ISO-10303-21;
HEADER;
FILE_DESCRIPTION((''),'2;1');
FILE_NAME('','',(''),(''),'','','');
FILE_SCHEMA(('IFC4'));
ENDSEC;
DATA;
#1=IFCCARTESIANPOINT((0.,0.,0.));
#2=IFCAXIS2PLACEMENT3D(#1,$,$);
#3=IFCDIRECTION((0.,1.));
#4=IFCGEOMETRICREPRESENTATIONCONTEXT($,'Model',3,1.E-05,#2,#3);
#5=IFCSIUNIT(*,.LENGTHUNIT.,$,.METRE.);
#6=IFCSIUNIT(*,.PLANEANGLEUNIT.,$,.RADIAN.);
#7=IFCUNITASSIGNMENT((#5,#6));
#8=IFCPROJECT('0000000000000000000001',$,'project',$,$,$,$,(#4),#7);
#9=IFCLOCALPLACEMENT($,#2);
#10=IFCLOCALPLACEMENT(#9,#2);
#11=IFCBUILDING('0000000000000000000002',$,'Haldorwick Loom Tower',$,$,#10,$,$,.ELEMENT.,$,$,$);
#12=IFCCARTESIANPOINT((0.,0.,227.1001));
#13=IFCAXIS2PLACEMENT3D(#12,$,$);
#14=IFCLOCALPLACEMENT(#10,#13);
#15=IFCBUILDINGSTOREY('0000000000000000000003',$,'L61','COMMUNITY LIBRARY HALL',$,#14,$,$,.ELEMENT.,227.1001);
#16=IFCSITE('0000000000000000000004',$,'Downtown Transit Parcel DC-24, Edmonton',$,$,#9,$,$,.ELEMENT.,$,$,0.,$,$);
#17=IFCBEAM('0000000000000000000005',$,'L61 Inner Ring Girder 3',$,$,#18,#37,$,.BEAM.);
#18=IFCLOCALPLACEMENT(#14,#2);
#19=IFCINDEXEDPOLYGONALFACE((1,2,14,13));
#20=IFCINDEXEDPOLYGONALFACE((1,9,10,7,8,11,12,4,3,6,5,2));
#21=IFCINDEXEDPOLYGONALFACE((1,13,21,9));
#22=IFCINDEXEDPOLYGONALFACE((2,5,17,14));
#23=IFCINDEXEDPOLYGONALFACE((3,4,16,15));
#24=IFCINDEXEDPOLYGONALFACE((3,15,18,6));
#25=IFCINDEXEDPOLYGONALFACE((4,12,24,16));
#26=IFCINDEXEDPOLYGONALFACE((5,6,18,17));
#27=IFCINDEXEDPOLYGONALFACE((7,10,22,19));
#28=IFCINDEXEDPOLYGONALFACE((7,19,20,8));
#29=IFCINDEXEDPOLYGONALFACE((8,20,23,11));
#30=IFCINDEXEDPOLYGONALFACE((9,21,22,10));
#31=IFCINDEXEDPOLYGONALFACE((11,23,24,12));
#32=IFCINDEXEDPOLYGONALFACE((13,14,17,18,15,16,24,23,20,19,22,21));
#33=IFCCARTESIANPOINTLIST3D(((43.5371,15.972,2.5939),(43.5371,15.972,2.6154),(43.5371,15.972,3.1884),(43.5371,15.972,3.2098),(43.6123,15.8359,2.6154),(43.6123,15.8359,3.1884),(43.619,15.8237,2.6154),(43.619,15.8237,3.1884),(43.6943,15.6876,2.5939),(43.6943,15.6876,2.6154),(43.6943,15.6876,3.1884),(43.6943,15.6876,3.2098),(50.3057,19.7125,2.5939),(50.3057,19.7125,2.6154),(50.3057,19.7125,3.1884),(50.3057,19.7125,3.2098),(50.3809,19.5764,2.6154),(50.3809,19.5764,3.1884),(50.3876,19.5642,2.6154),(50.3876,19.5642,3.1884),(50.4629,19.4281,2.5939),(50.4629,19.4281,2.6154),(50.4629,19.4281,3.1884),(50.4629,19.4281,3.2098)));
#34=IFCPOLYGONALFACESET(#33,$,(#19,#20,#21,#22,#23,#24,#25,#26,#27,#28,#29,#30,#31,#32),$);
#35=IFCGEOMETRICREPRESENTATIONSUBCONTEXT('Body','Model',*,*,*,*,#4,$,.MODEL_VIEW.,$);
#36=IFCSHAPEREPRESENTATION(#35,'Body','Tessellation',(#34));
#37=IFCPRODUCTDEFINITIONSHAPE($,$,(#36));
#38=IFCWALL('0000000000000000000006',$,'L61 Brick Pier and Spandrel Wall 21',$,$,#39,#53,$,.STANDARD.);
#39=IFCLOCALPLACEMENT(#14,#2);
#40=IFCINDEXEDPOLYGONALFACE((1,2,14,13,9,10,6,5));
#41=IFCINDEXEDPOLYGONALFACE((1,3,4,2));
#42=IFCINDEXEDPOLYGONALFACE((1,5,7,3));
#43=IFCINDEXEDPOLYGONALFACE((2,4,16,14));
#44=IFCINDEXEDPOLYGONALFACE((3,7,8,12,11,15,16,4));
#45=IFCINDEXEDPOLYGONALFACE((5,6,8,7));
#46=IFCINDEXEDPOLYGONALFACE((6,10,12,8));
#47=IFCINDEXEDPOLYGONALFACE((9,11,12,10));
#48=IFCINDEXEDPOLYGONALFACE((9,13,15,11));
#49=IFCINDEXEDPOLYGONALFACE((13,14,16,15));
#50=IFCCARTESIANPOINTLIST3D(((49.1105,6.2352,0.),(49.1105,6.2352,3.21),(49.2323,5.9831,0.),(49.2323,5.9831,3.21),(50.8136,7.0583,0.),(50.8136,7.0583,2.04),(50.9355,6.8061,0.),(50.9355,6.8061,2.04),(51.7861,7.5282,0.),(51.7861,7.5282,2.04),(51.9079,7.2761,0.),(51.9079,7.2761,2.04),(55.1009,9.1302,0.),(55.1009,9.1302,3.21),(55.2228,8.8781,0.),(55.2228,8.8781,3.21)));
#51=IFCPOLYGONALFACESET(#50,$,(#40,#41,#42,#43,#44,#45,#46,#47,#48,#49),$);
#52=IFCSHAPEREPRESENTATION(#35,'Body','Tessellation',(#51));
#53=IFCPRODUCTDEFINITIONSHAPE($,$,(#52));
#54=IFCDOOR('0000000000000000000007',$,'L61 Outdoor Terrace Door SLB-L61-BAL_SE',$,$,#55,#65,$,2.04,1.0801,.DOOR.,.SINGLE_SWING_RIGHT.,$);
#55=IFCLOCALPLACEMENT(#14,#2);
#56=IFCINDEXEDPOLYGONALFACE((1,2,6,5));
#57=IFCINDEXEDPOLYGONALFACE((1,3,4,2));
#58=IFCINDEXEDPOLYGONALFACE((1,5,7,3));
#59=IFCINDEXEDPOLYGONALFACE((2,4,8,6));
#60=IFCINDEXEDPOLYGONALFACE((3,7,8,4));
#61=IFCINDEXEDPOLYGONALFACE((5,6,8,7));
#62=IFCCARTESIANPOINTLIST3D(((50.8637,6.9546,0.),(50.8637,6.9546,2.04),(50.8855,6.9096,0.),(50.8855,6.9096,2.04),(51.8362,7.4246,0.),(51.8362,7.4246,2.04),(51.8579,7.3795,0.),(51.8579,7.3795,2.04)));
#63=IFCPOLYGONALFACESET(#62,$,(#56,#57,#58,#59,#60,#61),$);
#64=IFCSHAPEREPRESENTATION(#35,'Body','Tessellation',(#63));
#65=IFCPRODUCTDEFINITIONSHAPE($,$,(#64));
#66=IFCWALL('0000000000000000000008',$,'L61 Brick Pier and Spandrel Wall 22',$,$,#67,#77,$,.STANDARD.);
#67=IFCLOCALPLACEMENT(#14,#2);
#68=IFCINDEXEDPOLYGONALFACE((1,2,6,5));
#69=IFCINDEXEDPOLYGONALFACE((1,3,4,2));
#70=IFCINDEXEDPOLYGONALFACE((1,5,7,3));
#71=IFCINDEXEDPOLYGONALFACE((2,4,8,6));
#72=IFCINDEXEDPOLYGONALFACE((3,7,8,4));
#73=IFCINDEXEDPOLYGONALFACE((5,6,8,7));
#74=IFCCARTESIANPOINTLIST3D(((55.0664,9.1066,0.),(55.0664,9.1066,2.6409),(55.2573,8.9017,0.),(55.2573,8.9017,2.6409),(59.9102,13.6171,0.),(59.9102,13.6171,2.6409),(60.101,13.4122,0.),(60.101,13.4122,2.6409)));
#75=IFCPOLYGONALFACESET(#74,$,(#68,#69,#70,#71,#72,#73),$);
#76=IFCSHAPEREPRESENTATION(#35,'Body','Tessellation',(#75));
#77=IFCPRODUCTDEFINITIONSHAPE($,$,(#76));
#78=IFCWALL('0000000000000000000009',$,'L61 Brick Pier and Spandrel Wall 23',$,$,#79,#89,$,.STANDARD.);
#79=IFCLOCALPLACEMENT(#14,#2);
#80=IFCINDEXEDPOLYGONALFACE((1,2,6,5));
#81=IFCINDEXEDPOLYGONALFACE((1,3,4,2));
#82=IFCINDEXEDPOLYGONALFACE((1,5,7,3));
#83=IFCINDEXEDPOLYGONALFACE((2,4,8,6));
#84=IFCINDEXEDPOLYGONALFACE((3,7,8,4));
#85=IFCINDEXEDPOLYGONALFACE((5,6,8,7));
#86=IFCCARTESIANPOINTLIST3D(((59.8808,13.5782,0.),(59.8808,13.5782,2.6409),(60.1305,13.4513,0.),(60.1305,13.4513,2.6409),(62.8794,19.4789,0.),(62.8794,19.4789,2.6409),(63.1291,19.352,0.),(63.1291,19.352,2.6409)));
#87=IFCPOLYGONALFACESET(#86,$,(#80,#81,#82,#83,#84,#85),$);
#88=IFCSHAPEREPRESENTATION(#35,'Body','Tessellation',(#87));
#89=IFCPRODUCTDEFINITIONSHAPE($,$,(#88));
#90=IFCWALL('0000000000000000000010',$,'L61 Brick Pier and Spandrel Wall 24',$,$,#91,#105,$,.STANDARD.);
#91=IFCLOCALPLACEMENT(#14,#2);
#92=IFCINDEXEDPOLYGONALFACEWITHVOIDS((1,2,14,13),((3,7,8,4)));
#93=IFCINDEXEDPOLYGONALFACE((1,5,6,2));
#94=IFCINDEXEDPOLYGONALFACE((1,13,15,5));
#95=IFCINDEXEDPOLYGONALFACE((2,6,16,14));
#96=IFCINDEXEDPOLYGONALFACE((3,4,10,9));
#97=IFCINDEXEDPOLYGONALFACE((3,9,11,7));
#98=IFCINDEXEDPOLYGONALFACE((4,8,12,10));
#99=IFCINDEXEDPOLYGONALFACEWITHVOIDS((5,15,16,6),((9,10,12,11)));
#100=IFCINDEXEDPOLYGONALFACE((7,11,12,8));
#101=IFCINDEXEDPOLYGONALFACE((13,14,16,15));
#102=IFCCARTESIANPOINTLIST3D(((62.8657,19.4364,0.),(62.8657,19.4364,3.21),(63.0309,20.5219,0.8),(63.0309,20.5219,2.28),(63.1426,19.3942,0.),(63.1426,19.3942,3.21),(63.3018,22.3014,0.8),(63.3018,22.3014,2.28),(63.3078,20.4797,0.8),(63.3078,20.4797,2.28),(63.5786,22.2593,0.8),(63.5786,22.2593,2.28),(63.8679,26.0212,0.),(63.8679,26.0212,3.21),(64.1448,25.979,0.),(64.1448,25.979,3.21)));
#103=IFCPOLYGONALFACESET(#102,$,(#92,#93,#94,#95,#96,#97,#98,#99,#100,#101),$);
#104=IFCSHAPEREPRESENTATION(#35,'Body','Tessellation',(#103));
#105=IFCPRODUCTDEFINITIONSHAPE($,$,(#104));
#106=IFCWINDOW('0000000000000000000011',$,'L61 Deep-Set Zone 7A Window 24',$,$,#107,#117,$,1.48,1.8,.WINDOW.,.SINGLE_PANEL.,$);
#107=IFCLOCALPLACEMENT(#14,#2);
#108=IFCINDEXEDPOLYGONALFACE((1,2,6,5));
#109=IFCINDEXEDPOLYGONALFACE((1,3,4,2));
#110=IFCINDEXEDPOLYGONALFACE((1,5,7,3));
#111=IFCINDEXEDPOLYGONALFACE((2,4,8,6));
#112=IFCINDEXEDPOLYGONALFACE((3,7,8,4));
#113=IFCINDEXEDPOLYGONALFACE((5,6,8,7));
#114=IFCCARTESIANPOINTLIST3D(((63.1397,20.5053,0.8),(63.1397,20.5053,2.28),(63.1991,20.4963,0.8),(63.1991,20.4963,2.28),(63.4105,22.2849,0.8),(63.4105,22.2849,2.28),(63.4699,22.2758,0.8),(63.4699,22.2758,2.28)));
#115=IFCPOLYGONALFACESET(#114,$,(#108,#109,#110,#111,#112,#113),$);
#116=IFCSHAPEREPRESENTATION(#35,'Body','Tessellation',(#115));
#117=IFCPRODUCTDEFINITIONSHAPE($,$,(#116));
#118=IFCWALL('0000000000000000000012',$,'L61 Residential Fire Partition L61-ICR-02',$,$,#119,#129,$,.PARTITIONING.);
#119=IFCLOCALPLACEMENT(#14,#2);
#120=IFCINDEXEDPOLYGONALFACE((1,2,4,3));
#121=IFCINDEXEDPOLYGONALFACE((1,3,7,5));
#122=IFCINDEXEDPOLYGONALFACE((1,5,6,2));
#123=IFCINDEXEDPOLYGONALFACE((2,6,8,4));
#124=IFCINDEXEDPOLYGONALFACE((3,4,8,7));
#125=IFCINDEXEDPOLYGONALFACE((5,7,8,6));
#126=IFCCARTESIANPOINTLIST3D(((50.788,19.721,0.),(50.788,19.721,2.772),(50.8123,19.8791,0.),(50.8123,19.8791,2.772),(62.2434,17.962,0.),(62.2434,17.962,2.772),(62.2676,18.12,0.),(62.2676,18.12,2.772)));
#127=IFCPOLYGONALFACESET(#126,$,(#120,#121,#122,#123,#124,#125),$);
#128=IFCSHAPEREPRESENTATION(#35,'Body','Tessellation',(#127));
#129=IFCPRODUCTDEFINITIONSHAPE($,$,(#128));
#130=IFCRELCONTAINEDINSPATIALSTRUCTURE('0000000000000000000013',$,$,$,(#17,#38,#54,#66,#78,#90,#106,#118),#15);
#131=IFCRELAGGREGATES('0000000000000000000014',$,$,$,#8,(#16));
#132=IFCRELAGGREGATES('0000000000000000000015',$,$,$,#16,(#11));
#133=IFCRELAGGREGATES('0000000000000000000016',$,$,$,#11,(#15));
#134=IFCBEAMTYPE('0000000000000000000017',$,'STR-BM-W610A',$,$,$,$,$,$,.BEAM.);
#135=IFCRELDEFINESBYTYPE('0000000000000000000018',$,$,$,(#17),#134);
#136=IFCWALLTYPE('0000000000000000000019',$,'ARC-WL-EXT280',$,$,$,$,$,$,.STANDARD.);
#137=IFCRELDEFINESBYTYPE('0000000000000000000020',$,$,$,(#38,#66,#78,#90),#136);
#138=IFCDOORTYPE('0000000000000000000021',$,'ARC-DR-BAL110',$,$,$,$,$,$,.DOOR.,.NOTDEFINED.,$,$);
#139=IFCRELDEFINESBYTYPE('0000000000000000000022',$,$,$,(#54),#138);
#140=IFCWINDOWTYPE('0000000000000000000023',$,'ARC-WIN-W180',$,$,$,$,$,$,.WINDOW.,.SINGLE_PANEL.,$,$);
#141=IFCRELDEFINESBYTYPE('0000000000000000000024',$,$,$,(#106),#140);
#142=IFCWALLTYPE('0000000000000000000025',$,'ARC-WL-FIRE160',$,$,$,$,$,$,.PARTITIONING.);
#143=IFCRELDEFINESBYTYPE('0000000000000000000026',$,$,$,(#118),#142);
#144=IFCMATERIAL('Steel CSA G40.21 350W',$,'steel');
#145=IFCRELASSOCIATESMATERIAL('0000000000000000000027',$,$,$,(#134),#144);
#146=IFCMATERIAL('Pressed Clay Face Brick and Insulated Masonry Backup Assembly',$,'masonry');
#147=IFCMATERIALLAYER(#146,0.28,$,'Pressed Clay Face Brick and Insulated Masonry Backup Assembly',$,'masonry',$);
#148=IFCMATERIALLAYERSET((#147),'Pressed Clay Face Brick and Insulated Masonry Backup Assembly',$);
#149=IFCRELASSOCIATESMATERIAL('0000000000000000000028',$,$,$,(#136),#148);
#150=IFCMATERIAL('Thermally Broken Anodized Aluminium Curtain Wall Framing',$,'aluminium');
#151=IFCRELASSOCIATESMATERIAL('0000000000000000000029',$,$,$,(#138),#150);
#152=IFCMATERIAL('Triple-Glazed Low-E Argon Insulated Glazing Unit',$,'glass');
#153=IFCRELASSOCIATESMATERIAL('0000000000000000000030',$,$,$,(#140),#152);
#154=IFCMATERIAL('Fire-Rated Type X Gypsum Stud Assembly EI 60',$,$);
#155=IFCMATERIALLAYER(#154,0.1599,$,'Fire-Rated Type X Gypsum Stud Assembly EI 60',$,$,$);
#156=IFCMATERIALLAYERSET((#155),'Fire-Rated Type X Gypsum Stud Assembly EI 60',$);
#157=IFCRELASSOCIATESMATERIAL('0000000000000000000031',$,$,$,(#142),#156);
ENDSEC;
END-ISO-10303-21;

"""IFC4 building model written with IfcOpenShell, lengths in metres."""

from ifc_helpers import new_model, si_unit, direction, frame, frame_2d, origin, origin_2d, place, context, subcontext, project, spatial, rectangle, i_section, extrude, material, layer, layer_set, material_profile, profile_set, type_object, element, fill, save


model = new_model("IFC4")

# Units and contexts
model_context = context("Model", 3, precision=1e-05, world=origin(), true_north=direction((0.0, 1.0)))
body_context = subcontext(model_context, "Body", "Model", "MODEL_VIEW")
ifc_project = project(units=[si_unit("LENGTHUNIT", "METRE"), si_unit("PLANEANGLEUNIT", "RADIAN")], contexts=[model_context])

# Site, building, storey
site_placement = place(None, origin())
site = spatial("IfcSite", under=ifc_project, at=site_placement, Name="Downtown Transit Parcel DC-24, Edmonton", CompositionType="ELEMENT", RefElevation=0.0)
building_placement = place(site_placement, origin())
building = spatial("IfcBuilding", under=site, at=building_placement, Name="Haldorwick Loom Tower", CompositionType="ELEMENT")
storey_placement = place(building_placement, frame((0.0, 0.0, 227.1001)))
storey = spatial("IfcBuildingStorey", under=building, at=storey_placement, Name="L61", Description="COMMUNITY LIBRARY HALL", CompositionType="ELEMENT", Elevation=227.1001)

# Shared definitions
ifc_material_1 = material(Name="Steel CSA G40.21 350W", Category="steel")

# Beam
ifc_material_profile_1 = material_profile(ifc_material_1, i_section(OverallWidth=0.325, OverallDepth=0.616, WebThickness=0.0139, FlangeThickness=0.0215, at=origin_2d()), Name="W610X174", Category="steel")
ifc_profile_set_1 = profile_set([ifc_material_profile_1], Name="Steel CSA G40.21 350W")
beam_type_1 = type_object("IfcBeamType", Name="STR-BM-W610A", PredefinedType="BEAM", material=ifc_profile_set_1)
beam_1_placement = place(storey_placement, frame((50.3843, 19.5703, 2.9019), z_axis=(-0.875244, -0.483682, 0.0), x_axis=(0.483682, -0.875244, 0.0)))
element("IfcBeam", 1, at=beam_1_placement, inside=storey, type_object=beam_type_1, Name="L61 Inner Ring Girder 3", PredefinedType="BEAM", context=body_context, shape_type="SweptSolid", body=[
    extrude(i_section(OverallWidth=0.325, OverallDepth=0.616, WebThickness=0.0139, FlangeThickness=0.0215, at=origin_2d()), origin(), (0.0, 0.0, 1.0), 7.7334),
])

# Wall, opening, door
ifc_material_2 = material(Name="Pressed Clay Face Brick and Insulated Masonry Backup Assembly", Category="masonry")
ifc_layer_1 = layer(ifc_material_2, 0.28, Name="Pressed Clay Face Brick and Insulated Masonry Backup Assembly", Category="masonry")
ifc_layer_set_1 = layer_set([ifc_layer_1], Name="Pressed Clay Face Brick and Insulated Masonry Backup Assembly")
wall_type_1 = type_object("IfcWallType", Name="ARC-WL-EXT280", PredefinedType="STANDARD", material=ifc_layer_set_1)
wall_1_placement = place(storey_placement, frame((49.1714, 6.1091, 0.0), z_axis=(0.0, 0.0, 1.0), x_axis=(0.900371, 0.435123, 0.0)))
wall_1 = element("IfcWall", 2, at=wall_1_placement, inside=storey, type_object=wall_type_1, Name="L61 Brick Pier and Spandrel Wall 21", PredefinedType="STANDARD", context=body_context, shape_type="SweptSolid", body=[
    extrude(rectangle(XDim=6.6533, YDim=0.28, at=frame_2d((3.3267, 0.0))), origin(), (0.0, 0.0, 1.0), 3.21),
])
opening_1_placement = place(wall_1_placement, frame((1.8916, 0.0, 0.0)))
opening_1 = element("IfcOpeningElement", 3, at=opening_1_placement, cuts=wall_1, PredefinedType="OPENING", context=body_context, shape_type="SweptSolid", body=[
    extrude(rectangle(XDim=1.0801, YDim=2.04, at=frame_2d((0.54, 1.02))), frame((0.0, 0.1499, 0.0), z_axis=(0.0, -1.0, 0.0), x_axis=(1.0, 0.0, 0.0)), (0.0, 0.0, 1.0), 0.3),
])
ifc_material_3 = material(Name="Thermally Broken Anodized Aluminium Curtain Wall Framing", Category="aluminium")
door_type = type_object("IfcDoorType", Name="ARC-DR-BAL110", OperationType="NOTDEFINED", PredefinedType="DOOR", material=ifc_material_3)
door_placement = place(opening_1_placement, origin())
door = element("IfcDoor", 4, at=door_placement, inside=storey, type_object=door_type, Name="L61 Outdoor Terrace Door SLB-L61-BAL_SE", OperationType="SINGLE_SWING_RIGHT", OverallHeight=2.04, OverallWidth=1.0801, PredefinedType="DOOR", context=body_context, shape_type="SweptSolid", body=[
    extrude(rectangle(XDim=1.0801, YDim=2.04, at=frame_2d((0.54, 1.02))), frame((0.0, 0.0249, 0.0), z_axis=(0.0, -1.0, 0.0), x_axis=(1.0, 0.0, 0.0)), (0.0, 0.0, 1.0), 0.05),
])
fill(opening_1, door)

# Walls
wall_2_placement = place(storey_placement, frame((55.1619, 9.0042, 0.0), z_axis=(0.0, 0.0, 1.0), x_axis=(0.731834, 0.681483, 0.0)))
element("IfcWall", 5, at=wall_2_placement, inside=storey, type_object=wall_type_1, Name="L61 Brick Pier and Spandrel Wall 22", PredefinedType="STANDARD", context=body_context, shape_type="SweptSolid", body=[
    extrude(rectangle(XDim=6.6187, YDim=0.28, at=frame_2d((3.3093, 0.0))), origin(), (0.0, 0.0, 1.0), 2.6409),
])
wall_3_placement = place(storey_placement, frame((60.0056, 13.5146, 0.0), z_axis=(0.0, 0.0, 1.0), x_axis=(0.453032, 0.891494, 0.0)))
element("IfcWall", 6, at=wall_3_placement, inside=storey, type_object=wall_type_1, Name="L61 Brick Pier and Spandrel Wall 23", PredefinedType="STANDARD", context=body_context, shape_type="SweptSolid", body=[
    extrude(rectangle(XDim=6.6189, YDim=0.28, at=frame_2d((3.3096, 0.0))), origin(), (0.0, 0.0, 1.0), 2.6409),
])

# Wall, opening, window
wall_4_placement = place(storey_placement, frame((63.0042, 19.4153, 0.0), z_axis=(0.0, 0.0, 1.0), x_axis=(0.150468, 0.988615, 0.0)))
wall_4 = element("IfcWall", 7, at=wall_4_placement, inside=storey, type_object=wall_type_1, Name="L61 Brick Pier and Spandrel Wall 24", PredefinedType="STANDARD", context=body_context, shape_type="SweptSolid", body=[
    extrude(rectangle(XDim=6.6606, YDim=0.28, at=frame_2d((3.3303, 0.0))), origin(), (0.0, 0.0, 1.0), 3.21),
])
opening_2_placement = place(wall_4_placement, frame((1.0981, 0.0, 0.8)))
opening_2 = element("IfcOpeningElement", 8, at=opening_2_placement, cuts=wall_4, PredefinedType="OPENING", context=body_context, shape_type="SweptSolid", body=[
    extrude(rectangle(XDim=1.8, YDim=1.48, at=frame_2d((0.8999, 0.74))), frame((0.0, 0.1499, 0.0), z_axis=(0.0, -1.0, 0.0), x_axis=(1.0, 0.0, 0.0)), (0.0, 0.0, 1.0), 0.3),
])
ifc_material_4 = material(Name="Triple-Glazed Low-E Argon Insulated Glazing Unit", Category="glass")
window_type = type_object("IfcWindowType", Name="ARC-WIN-W180", PartitioningType="SINGLE_PANEL", PredefinedType="WINDOW", material=ifc_material_4)
window_placement = place(opening_2_placement, origin())
window = element("IfcWindow", 9, at=window_placement, inside=storey, type_object=window_type, Name="L61 Deep-Set Zone 7A Window 24", OverallHeight=1.48, OverallWidth=1.8, PartitioningType="SINGLE_PANEL", PredefinedType="WINDOW", context=body_context, shape_type="SweptSolid", body=[
    extrude(rectangle(XDim=1.8, YDim=1.48, at=frame_2d((0.8999, 0.74))), frame((0.0, 0.03, 0.0), z_axis=(0.0, -1.0, 0.0), x_axis=(1.0, 0.0, 0.0)), (0.0, 0.0, 1.0), 0.0601),
])
fill(opening_2, window)

# Wall
ifc_material_5 = material(Name="Fire-Rated Type X Gypsum Stud Assembly EI 60")
ifc_layer_2 = layer(ifc_material_5, 0.1599, Name="Fire-Rated Type X Gypsum Stud Assembly EI 60")
ifc_layer_set_2 = layer_set([ifc_layer_2], Name="Fire-Rated Type X Gypsum Stud Assembly EI 60")
wall_type_2 = type_object("IfcWallType", Name="ARC-WL-FIRE160", PredefinedType="PARTITIONING", material=ifc_layer_set_2)
wall_5_placement = place(storey_placement, frame((50.8, 19.8, 0.0), z_axis=(0.0, 0.0, 1.0), x_axis=(0.988415, -0.151777, 0.0)))
element("IfcWall", 10, at=wall_5_placement, inside=storey, type_object=wall_type_2, Name="L61 Residential Fire Partition L61-ICR-02", PredefinedType="PARTITIONING", context=body_context, shape_type="SweptSolid", body=[
    extrude(rectangle(XDim=11.5896, YDim=0.1599, at=frame_2d((5.7949, 0.0))), origin(), (0.0, 0.0, 1.0), 2.772),
])

save(model, "model.ifc")
